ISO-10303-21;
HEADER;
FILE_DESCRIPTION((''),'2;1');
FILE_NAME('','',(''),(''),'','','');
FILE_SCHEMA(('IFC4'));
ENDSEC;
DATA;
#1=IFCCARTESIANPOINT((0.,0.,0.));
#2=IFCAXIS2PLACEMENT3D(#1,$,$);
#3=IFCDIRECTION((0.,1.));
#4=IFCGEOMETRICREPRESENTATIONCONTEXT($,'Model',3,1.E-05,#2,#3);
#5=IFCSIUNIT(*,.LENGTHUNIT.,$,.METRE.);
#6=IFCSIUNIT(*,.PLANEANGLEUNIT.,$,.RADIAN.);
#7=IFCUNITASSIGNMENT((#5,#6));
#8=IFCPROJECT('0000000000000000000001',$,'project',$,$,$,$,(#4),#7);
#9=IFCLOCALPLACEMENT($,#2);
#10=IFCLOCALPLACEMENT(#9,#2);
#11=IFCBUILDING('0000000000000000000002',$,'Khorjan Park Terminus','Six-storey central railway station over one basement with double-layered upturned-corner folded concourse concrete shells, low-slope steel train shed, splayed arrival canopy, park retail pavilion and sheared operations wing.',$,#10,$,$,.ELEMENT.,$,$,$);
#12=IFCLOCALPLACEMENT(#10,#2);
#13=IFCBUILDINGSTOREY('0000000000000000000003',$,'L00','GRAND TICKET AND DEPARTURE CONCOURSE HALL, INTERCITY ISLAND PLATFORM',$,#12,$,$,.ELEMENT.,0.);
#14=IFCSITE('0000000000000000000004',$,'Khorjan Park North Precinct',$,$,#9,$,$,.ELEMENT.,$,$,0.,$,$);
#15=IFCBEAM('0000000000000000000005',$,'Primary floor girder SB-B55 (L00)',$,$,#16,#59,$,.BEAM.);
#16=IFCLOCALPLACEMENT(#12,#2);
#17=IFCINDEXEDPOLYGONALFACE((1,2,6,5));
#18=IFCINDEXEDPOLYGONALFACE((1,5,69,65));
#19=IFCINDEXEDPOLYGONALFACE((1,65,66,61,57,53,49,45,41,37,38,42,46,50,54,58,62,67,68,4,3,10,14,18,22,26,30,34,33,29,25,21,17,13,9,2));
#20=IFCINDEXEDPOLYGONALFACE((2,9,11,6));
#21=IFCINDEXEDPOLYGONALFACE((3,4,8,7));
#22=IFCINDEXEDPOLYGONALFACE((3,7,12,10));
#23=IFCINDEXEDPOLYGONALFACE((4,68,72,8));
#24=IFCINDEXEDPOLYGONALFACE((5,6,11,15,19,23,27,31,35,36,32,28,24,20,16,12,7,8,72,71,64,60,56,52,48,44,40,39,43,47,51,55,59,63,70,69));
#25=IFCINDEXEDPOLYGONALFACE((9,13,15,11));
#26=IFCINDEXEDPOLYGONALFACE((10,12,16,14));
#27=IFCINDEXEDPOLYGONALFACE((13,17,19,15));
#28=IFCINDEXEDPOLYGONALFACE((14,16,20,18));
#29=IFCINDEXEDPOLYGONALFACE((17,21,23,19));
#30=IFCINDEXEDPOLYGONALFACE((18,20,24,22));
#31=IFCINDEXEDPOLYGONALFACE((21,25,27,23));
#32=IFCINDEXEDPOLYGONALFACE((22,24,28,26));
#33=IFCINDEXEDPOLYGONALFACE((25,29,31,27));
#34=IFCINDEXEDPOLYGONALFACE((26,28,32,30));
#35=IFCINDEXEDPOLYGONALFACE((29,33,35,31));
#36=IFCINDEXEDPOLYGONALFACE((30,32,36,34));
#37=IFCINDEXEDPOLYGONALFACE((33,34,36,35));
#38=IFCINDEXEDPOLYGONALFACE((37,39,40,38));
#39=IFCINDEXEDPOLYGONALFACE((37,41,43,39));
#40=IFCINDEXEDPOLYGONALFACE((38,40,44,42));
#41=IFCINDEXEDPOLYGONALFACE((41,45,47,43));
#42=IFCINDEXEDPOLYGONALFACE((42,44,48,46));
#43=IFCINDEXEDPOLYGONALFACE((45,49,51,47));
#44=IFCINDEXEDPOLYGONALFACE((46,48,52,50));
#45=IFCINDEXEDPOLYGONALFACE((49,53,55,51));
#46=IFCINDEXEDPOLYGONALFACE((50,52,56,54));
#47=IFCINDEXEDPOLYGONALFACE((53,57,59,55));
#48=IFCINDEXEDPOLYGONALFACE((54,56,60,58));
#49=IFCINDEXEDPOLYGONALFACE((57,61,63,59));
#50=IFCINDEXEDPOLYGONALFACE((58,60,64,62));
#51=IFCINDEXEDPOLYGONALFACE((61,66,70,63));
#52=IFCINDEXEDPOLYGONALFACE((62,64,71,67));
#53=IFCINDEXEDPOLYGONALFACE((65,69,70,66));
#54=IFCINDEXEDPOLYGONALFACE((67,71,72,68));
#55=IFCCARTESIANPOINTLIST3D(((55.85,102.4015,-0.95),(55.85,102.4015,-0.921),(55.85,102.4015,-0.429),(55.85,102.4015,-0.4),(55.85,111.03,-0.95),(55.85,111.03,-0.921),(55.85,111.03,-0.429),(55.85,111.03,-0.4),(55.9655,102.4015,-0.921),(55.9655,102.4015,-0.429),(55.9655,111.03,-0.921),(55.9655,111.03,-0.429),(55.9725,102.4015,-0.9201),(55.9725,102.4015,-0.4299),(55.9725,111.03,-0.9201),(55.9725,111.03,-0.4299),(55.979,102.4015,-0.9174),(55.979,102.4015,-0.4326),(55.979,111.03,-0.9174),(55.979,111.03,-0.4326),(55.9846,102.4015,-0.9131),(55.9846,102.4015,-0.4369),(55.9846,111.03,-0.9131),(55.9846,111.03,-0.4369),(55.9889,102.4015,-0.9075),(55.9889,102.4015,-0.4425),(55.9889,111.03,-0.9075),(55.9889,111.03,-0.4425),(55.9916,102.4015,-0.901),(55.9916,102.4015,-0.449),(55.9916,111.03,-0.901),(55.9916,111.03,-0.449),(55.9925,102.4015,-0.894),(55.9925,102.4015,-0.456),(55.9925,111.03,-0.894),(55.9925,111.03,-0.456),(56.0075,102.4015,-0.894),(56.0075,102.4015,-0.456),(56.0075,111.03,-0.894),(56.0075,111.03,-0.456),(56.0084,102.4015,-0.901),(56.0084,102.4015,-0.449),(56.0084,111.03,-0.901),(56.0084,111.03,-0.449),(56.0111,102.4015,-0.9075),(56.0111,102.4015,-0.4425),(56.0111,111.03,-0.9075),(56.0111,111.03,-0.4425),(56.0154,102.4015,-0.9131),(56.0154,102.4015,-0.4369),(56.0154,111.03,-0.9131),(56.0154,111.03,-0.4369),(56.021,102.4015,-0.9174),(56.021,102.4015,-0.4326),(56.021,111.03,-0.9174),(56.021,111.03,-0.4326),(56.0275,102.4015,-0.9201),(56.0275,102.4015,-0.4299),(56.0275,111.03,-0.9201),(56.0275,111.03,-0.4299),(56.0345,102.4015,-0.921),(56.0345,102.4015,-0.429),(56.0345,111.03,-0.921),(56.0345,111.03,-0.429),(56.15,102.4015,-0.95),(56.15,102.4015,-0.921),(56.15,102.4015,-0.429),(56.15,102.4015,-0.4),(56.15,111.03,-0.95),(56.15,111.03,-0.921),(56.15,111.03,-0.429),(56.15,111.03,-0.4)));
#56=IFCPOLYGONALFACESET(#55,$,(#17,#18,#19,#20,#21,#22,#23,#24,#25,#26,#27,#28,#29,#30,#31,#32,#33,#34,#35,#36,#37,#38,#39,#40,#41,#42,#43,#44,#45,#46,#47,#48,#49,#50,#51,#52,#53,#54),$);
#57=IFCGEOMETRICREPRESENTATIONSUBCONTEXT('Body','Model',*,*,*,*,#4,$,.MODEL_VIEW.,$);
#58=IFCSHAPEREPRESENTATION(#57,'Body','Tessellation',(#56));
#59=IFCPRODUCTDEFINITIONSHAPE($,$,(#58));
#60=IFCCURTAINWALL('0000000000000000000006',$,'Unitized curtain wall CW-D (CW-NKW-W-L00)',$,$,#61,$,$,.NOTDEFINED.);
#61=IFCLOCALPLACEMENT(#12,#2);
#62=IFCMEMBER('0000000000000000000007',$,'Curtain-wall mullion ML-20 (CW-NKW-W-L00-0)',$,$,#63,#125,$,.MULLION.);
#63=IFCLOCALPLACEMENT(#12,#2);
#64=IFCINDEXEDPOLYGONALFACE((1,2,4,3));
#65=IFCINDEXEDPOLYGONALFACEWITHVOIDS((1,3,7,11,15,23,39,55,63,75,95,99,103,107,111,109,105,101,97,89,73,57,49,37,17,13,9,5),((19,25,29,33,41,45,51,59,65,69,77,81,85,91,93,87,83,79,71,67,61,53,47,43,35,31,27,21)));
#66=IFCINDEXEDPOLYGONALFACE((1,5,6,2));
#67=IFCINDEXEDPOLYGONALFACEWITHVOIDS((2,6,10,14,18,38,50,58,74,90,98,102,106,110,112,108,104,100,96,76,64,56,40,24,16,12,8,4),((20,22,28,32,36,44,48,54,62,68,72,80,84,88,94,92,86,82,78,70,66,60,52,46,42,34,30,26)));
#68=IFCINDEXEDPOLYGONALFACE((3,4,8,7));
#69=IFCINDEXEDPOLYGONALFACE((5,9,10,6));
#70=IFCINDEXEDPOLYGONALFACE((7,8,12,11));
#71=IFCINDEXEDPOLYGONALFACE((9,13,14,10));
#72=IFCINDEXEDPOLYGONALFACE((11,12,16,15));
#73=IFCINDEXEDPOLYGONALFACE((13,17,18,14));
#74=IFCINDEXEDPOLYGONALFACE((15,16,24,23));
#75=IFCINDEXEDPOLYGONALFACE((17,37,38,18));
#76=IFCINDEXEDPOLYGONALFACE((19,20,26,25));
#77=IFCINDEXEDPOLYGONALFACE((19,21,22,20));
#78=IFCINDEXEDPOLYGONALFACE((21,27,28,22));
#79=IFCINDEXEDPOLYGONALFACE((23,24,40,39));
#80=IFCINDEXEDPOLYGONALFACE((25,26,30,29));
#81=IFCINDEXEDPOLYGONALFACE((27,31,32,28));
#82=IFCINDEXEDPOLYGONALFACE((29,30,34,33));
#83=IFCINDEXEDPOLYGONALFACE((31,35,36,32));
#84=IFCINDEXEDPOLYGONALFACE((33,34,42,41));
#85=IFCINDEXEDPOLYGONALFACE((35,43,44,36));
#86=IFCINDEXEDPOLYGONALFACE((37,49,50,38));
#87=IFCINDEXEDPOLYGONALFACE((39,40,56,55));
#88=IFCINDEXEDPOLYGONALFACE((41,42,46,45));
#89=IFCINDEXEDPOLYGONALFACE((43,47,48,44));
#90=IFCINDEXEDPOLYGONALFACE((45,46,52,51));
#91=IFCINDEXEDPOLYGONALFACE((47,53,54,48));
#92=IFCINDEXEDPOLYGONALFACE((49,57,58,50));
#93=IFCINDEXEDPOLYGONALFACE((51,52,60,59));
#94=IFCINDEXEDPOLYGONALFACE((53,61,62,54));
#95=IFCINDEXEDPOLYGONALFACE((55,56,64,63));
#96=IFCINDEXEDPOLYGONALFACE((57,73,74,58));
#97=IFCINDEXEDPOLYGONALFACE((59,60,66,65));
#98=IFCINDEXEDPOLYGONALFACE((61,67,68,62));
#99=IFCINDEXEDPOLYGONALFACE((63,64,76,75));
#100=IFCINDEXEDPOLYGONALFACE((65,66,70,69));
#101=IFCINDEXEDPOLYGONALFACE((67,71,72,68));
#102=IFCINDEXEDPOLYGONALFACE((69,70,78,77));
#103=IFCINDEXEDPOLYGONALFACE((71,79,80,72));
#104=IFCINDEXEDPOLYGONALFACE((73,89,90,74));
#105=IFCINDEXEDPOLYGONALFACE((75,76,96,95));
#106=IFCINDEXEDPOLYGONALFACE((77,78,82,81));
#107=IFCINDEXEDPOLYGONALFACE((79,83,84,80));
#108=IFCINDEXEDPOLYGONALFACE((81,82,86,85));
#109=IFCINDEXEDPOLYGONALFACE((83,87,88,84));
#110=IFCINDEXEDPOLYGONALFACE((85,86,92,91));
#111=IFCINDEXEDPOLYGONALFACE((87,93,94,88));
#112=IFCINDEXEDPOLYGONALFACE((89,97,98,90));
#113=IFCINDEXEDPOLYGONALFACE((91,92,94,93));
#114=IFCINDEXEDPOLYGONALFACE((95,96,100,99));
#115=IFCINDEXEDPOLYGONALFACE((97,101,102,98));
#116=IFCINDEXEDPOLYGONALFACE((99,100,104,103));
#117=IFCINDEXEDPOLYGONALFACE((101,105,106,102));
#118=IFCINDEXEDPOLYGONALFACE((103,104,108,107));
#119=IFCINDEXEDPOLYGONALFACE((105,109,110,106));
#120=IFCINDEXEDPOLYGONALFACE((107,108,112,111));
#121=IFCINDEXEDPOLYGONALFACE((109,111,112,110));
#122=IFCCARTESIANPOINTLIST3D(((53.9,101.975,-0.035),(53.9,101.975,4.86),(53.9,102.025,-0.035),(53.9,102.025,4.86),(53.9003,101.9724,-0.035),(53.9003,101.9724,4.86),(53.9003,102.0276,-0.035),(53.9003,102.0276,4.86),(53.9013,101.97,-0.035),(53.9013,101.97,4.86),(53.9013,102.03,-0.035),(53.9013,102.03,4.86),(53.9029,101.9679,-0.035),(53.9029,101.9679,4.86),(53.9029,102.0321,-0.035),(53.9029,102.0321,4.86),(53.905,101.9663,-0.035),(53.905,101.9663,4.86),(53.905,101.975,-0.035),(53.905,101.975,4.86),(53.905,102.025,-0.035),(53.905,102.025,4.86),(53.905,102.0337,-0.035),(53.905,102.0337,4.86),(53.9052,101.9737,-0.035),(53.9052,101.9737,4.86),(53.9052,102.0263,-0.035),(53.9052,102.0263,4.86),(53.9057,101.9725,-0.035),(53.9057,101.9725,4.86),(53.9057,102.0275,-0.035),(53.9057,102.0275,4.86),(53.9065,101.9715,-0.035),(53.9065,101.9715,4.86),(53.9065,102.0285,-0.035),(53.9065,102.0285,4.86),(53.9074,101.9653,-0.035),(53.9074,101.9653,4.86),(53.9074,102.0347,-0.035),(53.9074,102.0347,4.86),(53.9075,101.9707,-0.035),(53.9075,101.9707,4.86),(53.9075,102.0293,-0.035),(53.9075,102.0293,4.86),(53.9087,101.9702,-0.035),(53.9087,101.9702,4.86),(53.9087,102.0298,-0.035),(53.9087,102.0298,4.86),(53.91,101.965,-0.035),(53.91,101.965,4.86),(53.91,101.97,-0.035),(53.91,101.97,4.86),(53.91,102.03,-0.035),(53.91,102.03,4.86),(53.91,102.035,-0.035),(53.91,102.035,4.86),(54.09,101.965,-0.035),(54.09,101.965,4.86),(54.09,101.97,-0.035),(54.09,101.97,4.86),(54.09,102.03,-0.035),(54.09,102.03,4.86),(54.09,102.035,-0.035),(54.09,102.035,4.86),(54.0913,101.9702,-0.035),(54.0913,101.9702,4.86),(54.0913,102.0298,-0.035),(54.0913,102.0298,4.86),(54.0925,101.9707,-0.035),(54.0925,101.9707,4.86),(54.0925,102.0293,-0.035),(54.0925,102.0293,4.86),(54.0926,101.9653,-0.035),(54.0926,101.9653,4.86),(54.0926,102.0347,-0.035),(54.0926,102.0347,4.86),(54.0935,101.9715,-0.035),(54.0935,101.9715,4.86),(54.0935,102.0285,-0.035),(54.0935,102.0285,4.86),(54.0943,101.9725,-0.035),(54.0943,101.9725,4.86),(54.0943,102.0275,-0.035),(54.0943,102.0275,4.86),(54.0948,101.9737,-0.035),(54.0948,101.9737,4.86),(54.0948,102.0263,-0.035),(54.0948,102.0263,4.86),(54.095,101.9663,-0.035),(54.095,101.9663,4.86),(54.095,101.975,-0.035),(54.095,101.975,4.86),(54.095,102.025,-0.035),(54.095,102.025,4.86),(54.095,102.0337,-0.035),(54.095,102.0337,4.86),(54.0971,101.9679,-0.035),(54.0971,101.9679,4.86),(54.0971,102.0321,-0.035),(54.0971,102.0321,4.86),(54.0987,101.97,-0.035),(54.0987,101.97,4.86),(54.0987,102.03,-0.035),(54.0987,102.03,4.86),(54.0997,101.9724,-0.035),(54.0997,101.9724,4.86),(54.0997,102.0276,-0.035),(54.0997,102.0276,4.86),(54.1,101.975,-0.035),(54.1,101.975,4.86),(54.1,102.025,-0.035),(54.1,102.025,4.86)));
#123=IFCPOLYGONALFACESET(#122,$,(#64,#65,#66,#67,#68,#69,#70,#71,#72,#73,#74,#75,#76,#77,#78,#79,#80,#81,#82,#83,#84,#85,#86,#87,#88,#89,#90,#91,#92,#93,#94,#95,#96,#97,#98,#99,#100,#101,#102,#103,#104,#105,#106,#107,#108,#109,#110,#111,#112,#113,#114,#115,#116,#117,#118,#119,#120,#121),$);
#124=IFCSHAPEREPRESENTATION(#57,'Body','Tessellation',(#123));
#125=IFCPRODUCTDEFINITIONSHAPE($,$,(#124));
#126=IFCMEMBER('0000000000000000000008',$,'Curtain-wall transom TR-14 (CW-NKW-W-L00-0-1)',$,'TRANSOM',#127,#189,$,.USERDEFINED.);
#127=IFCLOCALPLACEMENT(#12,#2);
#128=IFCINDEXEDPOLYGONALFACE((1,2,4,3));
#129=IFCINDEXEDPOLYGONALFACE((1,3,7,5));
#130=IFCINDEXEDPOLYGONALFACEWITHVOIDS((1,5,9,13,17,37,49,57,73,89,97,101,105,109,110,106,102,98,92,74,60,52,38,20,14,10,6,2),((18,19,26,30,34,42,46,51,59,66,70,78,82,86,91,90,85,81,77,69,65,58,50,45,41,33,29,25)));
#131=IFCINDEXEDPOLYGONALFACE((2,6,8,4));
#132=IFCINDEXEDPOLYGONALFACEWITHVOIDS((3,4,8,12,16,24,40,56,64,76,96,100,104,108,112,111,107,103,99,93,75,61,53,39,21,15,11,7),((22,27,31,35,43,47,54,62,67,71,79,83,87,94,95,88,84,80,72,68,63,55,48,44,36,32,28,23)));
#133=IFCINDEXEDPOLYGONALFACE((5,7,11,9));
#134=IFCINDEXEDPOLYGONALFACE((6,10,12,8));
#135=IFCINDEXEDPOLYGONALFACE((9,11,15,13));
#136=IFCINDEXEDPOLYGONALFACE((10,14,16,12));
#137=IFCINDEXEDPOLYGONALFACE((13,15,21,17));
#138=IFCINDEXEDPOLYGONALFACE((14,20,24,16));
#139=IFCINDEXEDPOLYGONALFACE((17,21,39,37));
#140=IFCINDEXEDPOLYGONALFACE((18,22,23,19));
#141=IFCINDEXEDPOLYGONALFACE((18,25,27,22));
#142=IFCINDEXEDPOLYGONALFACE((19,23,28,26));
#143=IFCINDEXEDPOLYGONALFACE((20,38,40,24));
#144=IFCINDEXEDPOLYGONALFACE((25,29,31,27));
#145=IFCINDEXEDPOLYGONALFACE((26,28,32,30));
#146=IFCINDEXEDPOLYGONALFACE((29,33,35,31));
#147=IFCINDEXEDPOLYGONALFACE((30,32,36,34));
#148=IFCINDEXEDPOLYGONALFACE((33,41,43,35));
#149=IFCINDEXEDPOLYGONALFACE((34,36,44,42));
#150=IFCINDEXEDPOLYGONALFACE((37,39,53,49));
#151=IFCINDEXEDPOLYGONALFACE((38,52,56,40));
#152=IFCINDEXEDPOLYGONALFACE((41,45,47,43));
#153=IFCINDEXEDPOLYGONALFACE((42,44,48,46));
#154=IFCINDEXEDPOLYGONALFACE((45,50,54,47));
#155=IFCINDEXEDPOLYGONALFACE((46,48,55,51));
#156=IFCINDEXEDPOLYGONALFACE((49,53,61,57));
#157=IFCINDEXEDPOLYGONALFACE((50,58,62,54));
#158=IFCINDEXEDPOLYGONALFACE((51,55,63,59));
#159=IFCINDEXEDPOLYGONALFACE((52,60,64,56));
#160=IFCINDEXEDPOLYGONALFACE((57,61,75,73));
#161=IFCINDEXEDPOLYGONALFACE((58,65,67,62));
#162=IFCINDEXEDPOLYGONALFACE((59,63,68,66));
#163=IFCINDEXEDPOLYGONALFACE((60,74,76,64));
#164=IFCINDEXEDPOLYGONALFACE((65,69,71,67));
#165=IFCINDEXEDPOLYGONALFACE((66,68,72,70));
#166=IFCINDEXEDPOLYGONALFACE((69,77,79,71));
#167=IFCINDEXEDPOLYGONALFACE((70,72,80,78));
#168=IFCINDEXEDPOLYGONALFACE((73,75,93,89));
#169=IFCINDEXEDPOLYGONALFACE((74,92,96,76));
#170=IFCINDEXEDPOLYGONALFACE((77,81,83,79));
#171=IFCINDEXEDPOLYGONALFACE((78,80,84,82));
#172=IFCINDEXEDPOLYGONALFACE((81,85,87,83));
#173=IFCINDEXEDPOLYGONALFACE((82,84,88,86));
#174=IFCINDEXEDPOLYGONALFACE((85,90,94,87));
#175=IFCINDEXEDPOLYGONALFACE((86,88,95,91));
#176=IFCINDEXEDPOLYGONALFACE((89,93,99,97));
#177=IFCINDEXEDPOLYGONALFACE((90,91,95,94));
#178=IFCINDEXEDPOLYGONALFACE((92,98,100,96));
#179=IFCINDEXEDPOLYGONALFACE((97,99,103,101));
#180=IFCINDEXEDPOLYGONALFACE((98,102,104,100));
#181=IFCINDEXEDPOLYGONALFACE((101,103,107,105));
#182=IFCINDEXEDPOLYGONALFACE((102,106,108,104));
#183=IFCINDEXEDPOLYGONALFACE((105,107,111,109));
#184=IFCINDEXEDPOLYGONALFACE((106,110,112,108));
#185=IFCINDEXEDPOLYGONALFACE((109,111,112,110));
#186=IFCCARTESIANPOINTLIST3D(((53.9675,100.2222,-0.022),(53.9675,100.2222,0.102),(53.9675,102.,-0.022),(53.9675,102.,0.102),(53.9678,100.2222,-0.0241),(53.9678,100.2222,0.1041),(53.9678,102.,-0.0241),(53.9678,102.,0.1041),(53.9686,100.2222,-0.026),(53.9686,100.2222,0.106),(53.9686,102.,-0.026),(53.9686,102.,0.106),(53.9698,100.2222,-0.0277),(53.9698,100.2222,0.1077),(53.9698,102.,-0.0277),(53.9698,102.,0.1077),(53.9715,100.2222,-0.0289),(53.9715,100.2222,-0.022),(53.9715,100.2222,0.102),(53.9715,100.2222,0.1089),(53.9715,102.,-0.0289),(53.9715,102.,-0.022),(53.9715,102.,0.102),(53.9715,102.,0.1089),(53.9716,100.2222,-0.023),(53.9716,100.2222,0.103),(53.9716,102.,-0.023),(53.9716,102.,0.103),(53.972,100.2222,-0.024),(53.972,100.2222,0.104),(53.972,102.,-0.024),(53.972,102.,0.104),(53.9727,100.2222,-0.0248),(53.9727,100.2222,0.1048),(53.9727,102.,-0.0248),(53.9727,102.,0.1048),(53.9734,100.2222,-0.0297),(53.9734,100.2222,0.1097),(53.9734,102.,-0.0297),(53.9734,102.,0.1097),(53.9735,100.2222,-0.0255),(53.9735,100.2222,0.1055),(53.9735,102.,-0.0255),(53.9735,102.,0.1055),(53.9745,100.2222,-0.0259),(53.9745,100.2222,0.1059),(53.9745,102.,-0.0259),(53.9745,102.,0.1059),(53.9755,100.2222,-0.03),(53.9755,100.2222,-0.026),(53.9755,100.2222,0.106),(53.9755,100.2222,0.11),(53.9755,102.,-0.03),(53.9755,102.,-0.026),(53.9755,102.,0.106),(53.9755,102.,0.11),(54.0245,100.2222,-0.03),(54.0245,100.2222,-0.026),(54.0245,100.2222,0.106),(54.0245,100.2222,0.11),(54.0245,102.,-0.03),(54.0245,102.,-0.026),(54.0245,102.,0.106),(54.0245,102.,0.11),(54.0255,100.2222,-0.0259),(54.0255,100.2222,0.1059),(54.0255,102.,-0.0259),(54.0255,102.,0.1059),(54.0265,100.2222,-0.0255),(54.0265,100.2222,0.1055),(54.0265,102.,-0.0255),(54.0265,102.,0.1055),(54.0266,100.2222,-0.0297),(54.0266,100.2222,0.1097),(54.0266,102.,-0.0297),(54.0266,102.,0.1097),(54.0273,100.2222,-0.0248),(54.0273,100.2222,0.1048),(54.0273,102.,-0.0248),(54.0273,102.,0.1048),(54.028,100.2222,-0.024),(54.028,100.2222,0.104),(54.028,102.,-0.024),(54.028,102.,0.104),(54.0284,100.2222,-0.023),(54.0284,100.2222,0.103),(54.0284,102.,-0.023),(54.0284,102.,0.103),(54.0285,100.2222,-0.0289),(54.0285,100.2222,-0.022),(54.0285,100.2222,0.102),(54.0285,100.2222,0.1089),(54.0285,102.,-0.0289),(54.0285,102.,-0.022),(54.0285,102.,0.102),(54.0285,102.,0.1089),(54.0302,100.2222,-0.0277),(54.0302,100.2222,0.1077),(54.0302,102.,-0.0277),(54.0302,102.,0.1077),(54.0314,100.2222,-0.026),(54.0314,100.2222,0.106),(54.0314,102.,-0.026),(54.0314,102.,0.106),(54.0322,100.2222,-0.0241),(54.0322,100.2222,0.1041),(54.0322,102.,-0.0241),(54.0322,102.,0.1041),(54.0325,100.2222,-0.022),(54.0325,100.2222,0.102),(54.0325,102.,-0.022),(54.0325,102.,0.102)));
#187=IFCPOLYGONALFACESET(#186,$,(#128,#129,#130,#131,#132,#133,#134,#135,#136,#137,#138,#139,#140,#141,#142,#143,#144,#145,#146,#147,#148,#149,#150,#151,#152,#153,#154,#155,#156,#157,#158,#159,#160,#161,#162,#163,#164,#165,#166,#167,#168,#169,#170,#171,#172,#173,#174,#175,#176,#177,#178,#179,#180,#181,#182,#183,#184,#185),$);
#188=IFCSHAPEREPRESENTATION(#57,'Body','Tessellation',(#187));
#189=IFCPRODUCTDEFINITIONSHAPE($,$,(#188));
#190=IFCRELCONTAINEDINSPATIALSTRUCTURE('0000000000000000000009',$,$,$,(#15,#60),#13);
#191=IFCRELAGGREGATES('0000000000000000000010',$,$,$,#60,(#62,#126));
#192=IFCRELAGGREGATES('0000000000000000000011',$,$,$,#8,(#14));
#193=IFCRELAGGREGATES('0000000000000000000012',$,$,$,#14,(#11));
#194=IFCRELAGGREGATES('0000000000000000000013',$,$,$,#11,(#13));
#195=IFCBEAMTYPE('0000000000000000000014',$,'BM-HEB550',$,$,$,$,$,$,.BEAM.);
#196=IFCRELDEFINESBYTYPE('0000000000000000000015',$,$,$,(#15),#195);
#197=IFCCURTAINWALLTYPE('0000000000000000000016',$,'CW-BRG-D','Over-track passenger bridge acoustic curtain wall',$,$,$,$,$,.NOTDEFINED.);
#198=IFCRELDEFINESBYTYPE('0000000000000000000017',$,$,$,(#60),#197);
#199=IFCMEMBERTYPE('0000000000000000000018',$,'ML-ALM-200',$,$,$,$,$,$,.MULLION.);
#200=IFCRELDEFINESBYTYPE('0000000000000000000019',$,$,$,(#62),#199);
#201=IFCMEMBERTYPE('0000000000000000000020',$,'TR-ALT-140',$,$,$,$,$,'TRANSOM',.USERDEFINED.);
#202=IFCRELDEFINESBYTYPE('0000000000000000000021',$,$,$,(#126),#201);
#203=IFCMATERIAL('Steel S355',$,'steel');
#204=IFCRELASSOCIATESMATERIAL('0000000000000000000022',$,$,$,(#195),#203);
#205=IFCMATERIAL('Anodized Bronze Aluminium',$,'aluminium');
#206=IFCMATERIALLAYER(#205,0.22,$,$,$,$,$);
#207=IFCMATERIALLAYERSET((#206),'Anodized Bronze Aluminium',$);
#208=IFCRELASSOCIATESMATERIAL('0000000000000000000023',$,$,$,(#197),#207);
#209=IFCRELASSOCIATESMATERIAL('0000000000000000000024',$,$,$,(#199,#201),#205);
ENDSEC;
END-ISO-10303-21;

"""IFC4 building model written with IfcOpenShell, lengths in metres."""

from ifc_helpers import new_model, si_unit, direction, frame, origin, origin_2d, place, context, subcontext, project, spatial, hollow_rectangle, i_section, extrude, material, layer, layer_set, material_profile, profile_set, type_object, element, aggregate, save


model = new_model("IFC4")

# Units and contexts
model_context = context("Model", 3, precision=1e-05, world=origin(), true_north=direction((0.0, 1.0)))
body_context = subcontext(model_context, "Body", "Model", "MODEL_VIEW")
ifc_project = project(units=[si_unit("LENGTHUNIT", "METRE"), si_unit("PLANEANGLEUNIT", "RADIAN")], contexts=[model_context])

# Site, building, storey
site_placement = place(None, origin())
site = spatial("IfcSite", under=ifc_project, at=site_placement, Name="Khorjan Park North Precinct", CompositionType="ELEMENT", RefElevation=0.0)
building_placement = place(site_placement, origin())
building = spatial("IfcBuilding", under=site, at=building_placement, Name="Khorjan Park Terminus", Description="Six-storey central railway station over one basement with double-layered upturned-corner folded concourse concrete shells, low-slope steel train shed, splayed arrival canopy, park retail pavilion and sheared operations wing.", CompositionType="ELEMENT")
storey_placement = place(building_placement, origin())
storey = spatial("IfcBuildingStorey", under=building, at=storey_placement, Name="L00", Description="GRAND TICKET AND DEPARTURE CONCOURSE HALL, INTERCITY ISLAND PLATFORM", CompositionType="ELEMENT", Elevation=0.0)

# Shared definitions
ifc_material_1 = material(Name="Steel S355", Category="steel")

# Beam
ifc_material_profile_1 = material_profile(ifc_material_1, i_section(OverallWidth=0.3, OverallDepth=0.55, WebThickness=0.015, FlangeThickness=0.029, FilletRadius=0.027, at=origin_2d()), Name="HEB 550")
ifc_profile_set_1 = profile_set([ifc_material_profile_1], Name="Steel S355")
beam_type_1 = type_object("IfcBeamType", Name="BM-HEB550", PredefinedType="BEAM", material=ifc_profile_set_1)
beam_1_placement = place(storey_placement, frame((56.0, 102.4015, -0.675), z_axis=(0.0, 1.0, 0.0), x_axis=(-1.0, 0.0, 0.0)))
element("IfcBeam", 1, at=beam_1_placement, inside=storey, type_object=beam_type_1, Name="Primary floor girder SB-B55 (L00)", PredefinedType="BEAM", context=body_context, shape_type="SweptSolid", body=[
    extrude(i_section(OverallWidth=0.3, OverallDepth=0.55, WebThickness=0.015, FlangeThickness=0.029, FilletRadius=0.027, at=origin_2d()), origin(), (0.0, 0.0, 1.0), 8.6285),
])

# Curtain wall, members
ifc_material_2 = material(Name="Anodized Bronze Aluminium", Category="aluminium")
ifc_layer_1 = layer(ifc_material_2, 0.22)
ifc_layer_set_1 = layer_set([ifc_layer_1], Name="Anodized Bronze Aluminium")
curtain_wall_type = type_object("IfcCurtainWallType", Name="CW-BRG-D", Description="Over-track passenger bridge acoustic curtain wall", PredefinedType="NOTDEFINED", material=ifc_layer_set_1)
curtain_wall_placement = place(storey_placement, origin())
curtain_wall = element("IfcCurtainWall", 2, at=curtain_wall_placement, inside=storey, type_object=curtain_wall_type, Name="Unitized curtain wall CW-D (CW-NKW-W-L00)", PredefinedType="NOTDEFINED")
ifc_material_profile_2 = material_profile(ifc_material_2, hollow_rectangle(XDim=0.07, YDim=0.2, WallThickness=0.005, InnerFilletRadius=0.005, OuterFilletRadius=0.01, at=origin_2d()), Name="ALM 70x200x5")
ifc_profile_set_2 = profile_set([ifc_material_profile_2], Name="Anodized Bronze Aluminium")
member_type_1 = type_object("IfcMemberType", Name="ML-ALM-200", PredefinedType="MULLION", material=ifc_profile_set_2)
member_1_placement = place(storey_placement, frame((54.0, 102.0, -0.035), z_axis=(0.0, 0.0, 1.0), x_axis=(0.0, -1.0, 0.0)))
member_1 = element("IfcMember", 3, at=member_1_placement, type_object=member_type_1, Name="Curtain-wall mullion ML-20 (CW-NKW-W-L00-0)", PredefinedType="MULLION", context=body_context, shape_type="SweptSolid", body=[
    extrude(hollow_rectangle(XDim=0.07, YDim=0.2, WallThickness=0.005, InnerFilletRadius=0.005, OuterFilletRadius=0.01, at=origin_2d()), origin(), (0.0, 0.0, 1.0), 4.895),
])
ifc_material_profile_3 = material_profile(ifc_material_2, hollow_rectangle(XDim=0.065, YDim=0.14, WallThickness=0.004, InnerFilletRadius=0.004, OuterFilletRadius=0.008, at=origin_2d()), Name="ALT 65x140x4")
ifc_profile_set_3 = profile_set([ifc_material_profile_3], Name="Anodized Bronze Aluminium")
member_type_2 = type_object("IfcMemberType", Name="TR-ALT-140", ElementType="TRANSOM", PredefinedType="USERDEFINED", material=ifc_profile_set_3)
member_2_placement = place(storey_placement, frame((54.0, 102.0, 0.04), z_axis=(0.0, -1.0, 0.0), x_axis=(1.0, 0.0, 0.0)))
member_2 = element("IfcMember", 4, at=member_2_placement, type_object=member_type_2, Name="Curtain-wall transom TR-14 (CW-NKW-W-L00-0-1)", ObjectType="TRANSOM", PredefinedType="USERDEFINED", context=body_context, shape_type="SweptSolid", body=[
    extrude(hollow_rectangle(XDim=0.065, YDim=0.14, WallThickness=0.004, InnerFilletRadius=0.004, OuterFilletRadius=0.008, at=origin_2d()), origin(), (0.0, 0.0, 1.0), 1.7778),
])
aggregate(curtain_wall, [member_1, member_2])

save(model, "model.ifc")
